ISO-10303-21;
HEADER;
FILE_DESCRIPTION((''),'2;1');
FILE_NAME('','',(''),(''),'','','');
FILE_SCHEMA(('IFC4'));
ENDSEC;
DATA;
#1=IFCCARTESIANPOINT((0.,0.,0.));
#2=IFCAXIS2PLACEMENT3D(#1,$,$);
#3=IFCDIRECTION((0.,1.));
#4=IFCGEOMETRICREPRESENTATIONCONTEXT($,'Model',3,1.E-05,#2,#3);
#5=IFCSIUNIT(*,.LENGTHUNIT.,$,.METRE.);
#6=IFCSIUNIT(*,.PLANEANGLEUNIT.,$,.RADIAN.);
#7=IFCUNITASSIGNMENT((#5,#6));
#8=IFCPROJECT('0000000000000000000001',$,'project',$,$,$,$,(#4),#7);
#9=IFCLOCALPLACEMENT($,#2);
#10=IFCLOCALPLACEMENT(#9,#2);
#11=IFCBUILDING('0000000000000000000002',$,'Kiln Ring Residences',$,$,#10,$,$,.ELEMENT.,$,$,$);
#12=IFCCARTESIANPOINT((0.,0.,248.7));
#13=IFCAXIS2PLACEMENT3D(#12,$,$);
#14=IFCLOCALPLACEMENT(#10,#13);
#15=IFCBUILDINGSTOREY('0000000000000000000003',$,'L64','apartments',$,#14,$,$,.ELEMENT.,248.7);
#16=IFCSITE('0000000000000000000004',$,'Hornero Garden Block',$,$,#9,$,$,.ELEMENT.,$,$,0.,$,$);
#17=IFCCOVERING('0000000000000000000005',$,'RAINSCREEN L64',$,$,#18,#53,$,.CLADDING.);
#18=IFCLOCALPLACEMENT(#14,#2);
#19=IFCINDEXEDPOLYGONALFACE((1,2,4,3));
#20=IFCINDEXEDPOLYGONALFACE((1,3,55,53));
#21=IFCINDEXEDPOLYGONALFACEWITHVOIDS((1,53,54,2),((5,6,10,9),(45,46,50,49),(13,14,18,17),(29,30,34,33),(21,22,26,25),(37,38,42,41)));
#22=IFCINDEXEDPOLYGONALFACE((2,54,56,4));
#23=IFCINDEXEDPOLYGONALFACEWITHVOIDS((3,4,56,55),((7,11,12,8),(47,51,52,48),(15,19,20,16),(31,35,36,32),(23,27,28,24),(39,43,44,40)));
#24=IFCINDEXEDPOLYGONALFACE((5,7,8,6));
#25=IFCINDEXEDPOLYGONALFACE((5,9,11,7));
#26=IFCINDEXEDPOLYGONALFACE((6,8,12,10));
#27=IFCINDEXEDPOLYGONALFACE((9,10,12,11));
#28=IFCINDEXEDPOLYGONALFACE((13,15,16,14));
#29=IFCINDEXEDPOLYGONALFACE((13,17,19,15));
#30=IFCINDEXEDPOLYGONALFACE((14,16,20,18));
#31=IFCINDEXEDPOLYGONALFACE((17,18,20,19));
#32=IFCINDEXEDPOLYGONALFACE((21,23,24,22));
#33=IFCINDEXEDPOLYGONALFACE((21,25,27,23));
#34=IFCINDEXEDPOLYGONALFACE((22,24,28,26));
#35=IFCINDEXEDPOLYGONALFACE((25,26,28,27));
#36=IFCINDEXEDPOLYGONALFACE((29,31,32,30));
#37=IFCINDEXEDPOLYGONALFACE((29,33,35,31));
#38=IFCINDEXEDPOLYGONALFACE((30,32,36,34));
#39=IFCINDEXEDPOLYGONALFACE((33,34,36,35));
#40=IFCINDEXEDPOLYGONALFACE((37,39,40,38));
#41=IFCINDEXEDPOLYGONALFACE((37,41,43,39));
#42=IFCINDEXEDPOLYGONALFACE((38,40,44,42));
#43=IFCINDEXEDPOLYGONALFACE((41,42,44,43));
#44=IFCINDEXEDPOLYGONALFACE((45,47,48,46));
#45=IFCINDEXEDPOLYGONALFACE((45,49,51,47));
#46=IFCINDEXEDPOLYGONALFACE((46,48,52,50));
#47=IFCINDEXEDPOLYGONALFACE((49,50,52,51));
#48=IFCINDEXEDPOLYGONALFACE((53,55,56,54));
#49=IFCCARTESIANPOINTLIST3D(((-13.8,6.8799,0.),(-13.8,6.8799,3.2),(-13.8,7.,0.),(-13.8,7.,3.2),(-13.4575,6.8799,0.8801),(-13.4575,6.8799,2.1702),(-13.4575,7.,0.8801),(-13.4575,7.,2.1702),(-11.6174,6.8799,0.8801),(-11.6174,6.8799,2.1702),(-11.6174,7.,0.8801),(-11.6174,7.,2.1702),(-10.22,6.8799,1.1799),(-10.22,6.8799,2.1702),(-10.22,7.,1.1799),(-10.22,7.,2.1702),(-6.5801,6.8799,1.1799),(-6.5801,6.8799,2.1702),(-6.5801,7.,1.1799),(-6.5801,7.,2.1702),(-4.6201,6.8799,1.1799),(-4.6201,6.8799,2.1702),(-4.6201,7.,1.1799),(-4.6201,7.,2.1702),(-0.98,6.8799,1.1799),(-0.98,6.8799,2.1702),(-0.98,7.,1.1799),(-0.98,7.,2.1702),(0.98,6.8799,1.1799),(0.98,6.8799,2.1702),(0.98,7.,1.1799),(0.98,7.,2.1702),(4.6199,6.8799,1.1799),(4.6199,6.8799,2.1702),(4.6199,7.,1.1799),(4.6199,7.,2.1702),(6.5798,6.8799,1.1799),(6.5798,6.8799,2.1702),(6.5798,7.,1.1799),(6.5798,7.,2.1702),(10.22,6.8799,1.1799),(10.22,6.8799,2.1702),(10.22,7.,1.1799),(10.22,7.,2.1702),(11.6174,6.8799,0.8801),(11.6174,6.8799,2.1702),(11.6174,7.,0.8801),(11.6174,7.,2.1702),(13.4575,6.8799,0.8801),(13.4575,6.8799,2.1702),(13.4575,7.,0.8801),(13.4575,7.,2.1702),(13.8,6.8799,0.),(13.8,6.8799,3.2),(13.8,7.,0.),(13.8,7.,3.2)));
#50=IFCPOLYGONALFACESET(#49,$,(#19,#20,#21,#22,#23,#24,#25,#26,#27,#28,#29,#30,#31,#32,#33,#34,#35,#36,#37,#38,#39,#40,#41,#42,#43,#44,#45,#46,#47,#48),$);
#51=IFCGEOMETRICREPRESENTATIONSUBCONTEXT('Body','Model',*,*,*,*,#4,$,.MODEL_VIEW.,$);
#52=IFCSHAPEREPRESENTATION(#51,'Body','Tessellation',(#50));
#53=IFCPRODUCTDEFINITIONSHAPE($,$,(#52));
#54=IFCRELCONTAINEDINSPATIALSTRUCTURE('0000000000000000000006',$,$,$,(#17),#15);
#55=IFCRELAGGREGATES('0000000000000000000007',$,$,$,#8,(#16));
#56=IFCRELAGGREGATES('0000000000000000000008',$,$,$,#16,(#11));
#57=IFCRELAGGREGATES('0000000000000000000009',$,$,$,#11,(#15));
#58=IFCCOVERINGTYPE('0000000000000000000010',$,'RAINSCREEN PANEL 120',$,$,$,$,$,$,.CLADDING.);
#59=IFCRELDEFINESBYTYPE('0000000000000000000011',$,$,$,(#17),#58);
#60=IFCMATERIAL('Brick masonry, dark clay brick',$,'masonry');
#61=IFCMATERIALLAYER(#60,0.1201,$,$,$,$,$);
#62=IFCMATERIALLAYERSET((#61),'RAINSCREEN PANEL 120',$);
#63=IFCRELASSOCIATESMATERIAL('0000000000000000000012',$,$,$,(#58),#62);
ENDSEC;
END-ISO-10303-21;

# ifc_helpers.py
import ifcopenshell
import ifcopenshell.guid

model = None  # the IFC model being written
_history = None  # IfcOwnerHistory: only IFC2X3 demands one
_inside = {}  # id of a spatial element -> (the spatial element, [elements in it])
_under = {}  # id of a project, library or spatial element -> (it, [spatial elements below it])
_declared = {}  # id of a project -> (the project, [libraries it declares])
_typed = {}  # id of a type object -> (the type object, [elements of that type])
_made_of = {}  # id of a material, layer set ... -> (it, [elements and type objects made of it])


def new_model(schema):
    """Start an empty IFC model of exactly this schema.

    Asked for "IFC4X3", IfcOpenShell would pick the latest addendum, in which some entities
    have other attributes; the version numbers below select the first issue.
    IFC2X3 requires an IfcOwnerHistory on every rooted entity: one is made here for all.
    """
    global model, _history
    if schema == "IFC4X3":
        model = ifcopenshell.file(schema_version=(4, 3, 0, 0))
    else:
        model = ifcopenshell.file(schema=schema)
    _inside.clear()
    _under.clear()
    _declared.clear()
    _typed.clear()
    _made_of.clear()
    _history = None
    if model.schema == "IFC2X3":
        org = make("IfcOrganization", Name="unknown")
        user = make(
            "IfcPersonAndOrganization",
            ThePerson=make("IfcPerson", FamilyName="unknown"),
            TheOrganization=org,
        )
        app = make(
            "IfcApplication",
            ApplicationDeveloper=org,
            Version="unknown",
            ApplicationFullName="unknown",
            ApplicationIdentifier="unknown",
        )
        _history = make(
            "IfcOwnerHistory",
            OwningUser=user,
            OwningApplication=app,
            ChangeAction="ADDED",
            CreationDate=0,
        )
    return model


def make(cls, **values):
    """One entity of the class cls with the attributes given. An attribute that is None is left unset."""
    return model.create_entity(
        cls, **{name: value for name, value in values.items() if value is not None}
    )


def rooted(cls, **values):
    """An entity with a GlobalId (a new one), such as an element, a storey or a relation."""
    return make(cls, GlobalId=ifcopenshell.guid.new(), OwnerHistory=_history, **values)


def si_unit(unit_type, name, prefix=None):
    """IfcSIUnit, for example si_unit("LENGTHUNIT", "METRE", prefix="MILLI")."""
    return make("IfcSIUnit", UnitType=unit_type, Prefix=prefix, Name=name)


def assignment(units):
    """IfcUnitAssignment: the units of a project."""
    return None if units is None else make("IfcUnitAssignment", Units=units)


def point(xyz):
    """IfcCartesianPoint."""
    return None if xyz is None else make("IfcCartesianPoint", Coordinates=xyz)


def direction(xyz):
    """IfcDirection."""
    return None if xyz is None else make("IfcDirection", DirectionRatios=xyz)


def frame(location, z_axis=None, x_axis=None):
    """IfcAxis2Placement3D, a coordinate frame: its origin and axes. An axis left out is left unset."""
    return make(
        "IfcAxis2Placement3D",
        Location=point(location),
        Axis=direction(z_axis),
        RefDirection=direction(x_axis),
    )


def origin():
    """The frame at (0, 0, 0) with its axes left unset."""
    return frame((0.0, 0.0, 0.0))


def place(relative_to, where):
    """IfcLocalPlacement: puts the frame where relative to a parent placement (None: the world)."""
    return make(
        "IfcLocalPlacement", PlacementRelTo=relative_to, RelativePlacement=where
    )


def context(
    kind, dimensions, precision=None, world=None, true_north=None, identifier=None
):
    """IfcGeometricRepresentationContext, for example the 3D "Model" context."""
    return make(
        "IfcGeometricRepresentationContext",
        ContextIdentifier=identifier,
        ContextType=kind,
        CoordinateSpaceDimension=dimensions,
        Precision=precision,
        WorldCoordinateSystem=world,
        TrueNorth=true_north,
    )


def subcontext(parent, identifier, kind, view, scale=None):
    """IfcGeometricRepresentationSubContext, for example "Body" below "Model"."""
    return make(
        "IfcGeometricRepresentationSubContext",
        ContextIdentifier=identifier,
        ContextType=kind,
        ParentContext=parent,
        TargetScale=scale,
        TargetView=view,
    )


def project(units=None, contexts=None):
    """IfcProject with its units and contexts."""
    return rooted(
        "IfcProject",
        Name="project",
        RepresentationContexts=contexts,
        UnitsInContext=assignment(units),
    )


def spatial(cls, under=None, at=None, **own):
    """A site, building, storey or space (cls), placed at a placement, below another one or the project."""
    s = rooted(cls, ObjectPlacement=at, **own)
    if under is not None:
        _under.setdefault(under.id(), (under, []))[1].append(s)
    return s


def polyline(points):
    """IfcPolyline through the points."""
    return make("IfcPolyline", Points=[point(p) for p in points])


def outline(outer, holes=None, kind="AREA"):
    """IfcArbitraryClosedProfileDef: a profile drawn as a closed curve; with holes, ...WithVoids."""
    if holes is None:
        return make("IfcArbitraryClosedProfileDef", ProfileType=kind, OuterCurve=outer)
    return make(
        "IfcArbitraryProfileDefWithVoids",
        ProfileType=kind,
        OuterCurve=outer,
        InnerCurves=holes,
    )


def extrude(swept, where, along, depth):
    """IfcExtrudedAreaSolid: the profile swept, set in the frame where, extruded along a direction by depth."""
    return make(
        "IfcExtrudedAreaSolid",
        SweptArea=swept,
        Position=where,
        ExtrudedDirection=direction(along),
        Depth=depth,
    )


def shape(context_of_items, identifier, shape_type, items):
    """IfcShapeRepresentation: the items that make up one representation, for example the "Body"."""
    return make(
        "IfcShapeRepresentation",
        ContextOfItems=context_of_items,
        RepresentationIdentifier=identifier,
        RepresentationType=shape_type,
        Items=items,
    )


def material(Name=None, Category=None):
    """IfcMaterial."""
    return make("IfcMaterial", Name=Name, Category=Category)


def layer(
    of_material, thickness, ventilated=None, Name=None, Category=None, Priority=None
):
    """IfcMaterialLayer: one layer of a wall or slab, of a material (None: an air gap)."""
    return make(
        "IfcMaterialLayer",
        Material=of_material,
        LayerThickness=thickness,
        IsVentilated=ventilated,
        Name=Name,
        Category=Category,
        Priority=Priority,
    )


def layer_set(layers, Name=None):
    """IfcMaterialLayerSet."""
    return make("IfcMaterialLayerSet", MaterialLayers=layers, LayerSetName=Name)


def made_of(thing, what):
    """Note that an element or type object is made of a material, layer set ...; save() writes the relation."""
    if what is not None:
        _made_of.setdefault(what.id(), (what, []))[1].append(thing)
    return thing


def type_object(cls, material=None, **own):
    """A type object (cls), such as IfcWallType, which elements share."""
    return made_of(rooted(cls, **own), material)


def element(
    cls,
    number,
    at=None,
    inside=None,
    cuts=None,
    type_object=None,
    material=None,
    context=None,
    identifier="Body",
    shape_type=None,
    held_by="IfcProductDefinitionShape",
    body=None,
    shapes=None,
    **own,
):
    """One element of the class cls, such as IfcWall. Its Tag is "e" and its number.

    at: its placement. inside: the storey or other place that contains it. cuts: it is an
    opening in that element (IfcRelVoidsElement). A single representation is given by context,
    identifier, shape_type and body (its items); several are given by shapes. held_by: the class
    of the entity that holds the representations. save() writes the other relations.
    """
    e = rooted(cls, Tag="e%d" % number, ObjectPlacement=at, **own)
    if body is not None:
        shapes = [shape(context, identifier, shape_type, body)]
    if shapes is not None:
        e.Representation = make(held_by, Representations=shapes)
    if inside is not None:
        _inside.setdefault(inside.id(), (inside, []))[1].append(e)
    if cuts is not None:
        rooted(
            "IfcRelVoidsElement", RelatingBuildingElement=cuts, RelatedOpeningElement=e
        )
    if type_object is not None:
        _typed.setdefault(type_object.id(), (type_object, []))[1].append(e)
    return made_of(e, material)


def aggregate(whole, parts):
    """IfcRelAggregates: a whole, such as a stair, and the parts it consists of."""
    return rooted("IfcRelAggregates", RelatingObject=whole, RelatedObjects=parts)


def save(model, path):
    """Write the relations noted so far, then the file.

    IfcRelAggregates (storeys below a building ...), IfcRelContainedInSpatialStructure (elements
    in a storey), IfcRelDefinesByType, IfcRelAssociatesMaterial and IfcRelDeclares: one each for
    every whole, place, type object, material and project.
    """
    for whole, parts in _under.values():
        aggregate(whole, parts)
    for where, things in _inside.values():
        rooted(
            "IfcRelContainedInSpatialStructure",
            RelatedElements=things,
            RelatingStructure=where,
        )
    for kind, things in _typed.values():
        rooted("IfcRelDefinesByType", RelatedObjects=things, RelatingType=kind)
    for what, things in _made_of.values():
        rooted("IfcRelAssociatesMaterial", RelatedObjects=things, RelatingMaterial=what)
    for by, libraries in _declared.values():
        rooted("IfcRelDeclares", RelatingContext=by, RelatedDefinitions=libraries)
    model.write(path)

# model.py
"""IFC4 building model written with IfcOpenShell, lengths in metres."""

from ifc_helpers import new_model, si_unit, direction, frame, origin, place, context, subcontext, project, spatial, polyline, outline, extrude, material, layer, layer_set, type_object, element, save


model = new_model("IFC4")

# Units and contexts
model_context = context("Model", 3, precision=1e-05, world=origin(), true_north=direction((0.0, 1.0)))
body_context = subcontext(model_context, "Body", "Model", "MODEL_VIEW")
ifc_project = project(units=[si_unit("LENGTHUNIT", "METRE"), si_unit("PLANEANGLEUNIT", "RADIAN")], contexts=[model_context])

# Site, building, storey
site_placement = place(None, origin())
site = spatial("IfcSite", under=ifc_project, at=site_placement, Name="Hornero Garden Block", CompositionType="ELEMENT", RefElevation=0.0)
building_placement = place(site_placement, origin())
building = spatial("IfcBuilding", under=site, at=building_placement, Name="Kiln Ring Residences", CompositionType="ELEMENT")
storey_placement = place(building_placement, frame((0.0, 0.0, 248.7)))
storey = spatial("IfcBuildingStorey", under=building, at=storey_placement, Name="L64", Description="apartments", CompositionType="ELEMENT", Elevation=248.7)

# Covering
ifc_material_1 = material(Name="Brick masonry, dark clay brick", Category="masonry")
ifc_layer_1 = layer(ifc_material_1, 0.1201)
ifc_layer_set_1 = layer_set([ifc_layer_1], Name="RAINSCREEN PANEL 120")
covering_type = type_object("IfcCoveringType", Name="RAINSCREEN PANEL 120", PredefinedType="CLADDING", material=ifc_layer_set_1)
covering_placement = place(storey_placement, frame((-13.8, 6.9399, 0.0), z_axis=(0.0, 0.0, 1.0), x_axis=(1.0, 0.0, 0.0)))
element("IfcCovering", 1, at=covering_placement, inside=storey, type_object=covering_type, Name="RAINSCREEN L64", PredefinedType="CLADDING", context=body_context, shape_type="SweptSolid", body=[
    extrude(outline(polyline([(0.0, 0.0), (27.6001, 0.0), (27.6001, 3.2), (0.0, 3.2), (0.0, 0.0)]), holes=[polyline([(2.1826, 0.8801), (2.1826, 2.1702), (0.3425, 2.1702), (0.3425, 0.8801), (2.1826, 0.8801)]), polyline([(25.4175, 0.8801), (27.2576, 0.8801), (27.2576, 2.1702), (25.4175, 2.1702), (25.4175, 0.8801)]), polyline([(3.5801, 1.1799), (7.22, 1.1799), (7.22, 2.1702), (3.5801, 2.1702), (3.5801, 1.1799)]), polyline([(12.8201, 1.1799), (12.8201, 2.1702), (9.1799, 2.1702), (9.1799, 1.1799), (12.8201, 1.1799)]), polyline([(14.78, 1.1799), (18.4199, 1.1799), (18.4199, 2.1702), (14.78, 2.1702), (14.78, 1.1799)]), polyline([(20.3799, 1.1799), (24.02, 1.1799), (24.02, 2.1702), (20.3799, 2.1702), (20.3799, 1.1799)])]), frame((0.0, 0.0601, 0.0), z_axis=(0.0, -1.0, 0.0), x_axis=(1.0, 0.0, 0.0)), (0.0, 0.0, 1.0), 0.1201),
])

save(model, "model.ifc")
